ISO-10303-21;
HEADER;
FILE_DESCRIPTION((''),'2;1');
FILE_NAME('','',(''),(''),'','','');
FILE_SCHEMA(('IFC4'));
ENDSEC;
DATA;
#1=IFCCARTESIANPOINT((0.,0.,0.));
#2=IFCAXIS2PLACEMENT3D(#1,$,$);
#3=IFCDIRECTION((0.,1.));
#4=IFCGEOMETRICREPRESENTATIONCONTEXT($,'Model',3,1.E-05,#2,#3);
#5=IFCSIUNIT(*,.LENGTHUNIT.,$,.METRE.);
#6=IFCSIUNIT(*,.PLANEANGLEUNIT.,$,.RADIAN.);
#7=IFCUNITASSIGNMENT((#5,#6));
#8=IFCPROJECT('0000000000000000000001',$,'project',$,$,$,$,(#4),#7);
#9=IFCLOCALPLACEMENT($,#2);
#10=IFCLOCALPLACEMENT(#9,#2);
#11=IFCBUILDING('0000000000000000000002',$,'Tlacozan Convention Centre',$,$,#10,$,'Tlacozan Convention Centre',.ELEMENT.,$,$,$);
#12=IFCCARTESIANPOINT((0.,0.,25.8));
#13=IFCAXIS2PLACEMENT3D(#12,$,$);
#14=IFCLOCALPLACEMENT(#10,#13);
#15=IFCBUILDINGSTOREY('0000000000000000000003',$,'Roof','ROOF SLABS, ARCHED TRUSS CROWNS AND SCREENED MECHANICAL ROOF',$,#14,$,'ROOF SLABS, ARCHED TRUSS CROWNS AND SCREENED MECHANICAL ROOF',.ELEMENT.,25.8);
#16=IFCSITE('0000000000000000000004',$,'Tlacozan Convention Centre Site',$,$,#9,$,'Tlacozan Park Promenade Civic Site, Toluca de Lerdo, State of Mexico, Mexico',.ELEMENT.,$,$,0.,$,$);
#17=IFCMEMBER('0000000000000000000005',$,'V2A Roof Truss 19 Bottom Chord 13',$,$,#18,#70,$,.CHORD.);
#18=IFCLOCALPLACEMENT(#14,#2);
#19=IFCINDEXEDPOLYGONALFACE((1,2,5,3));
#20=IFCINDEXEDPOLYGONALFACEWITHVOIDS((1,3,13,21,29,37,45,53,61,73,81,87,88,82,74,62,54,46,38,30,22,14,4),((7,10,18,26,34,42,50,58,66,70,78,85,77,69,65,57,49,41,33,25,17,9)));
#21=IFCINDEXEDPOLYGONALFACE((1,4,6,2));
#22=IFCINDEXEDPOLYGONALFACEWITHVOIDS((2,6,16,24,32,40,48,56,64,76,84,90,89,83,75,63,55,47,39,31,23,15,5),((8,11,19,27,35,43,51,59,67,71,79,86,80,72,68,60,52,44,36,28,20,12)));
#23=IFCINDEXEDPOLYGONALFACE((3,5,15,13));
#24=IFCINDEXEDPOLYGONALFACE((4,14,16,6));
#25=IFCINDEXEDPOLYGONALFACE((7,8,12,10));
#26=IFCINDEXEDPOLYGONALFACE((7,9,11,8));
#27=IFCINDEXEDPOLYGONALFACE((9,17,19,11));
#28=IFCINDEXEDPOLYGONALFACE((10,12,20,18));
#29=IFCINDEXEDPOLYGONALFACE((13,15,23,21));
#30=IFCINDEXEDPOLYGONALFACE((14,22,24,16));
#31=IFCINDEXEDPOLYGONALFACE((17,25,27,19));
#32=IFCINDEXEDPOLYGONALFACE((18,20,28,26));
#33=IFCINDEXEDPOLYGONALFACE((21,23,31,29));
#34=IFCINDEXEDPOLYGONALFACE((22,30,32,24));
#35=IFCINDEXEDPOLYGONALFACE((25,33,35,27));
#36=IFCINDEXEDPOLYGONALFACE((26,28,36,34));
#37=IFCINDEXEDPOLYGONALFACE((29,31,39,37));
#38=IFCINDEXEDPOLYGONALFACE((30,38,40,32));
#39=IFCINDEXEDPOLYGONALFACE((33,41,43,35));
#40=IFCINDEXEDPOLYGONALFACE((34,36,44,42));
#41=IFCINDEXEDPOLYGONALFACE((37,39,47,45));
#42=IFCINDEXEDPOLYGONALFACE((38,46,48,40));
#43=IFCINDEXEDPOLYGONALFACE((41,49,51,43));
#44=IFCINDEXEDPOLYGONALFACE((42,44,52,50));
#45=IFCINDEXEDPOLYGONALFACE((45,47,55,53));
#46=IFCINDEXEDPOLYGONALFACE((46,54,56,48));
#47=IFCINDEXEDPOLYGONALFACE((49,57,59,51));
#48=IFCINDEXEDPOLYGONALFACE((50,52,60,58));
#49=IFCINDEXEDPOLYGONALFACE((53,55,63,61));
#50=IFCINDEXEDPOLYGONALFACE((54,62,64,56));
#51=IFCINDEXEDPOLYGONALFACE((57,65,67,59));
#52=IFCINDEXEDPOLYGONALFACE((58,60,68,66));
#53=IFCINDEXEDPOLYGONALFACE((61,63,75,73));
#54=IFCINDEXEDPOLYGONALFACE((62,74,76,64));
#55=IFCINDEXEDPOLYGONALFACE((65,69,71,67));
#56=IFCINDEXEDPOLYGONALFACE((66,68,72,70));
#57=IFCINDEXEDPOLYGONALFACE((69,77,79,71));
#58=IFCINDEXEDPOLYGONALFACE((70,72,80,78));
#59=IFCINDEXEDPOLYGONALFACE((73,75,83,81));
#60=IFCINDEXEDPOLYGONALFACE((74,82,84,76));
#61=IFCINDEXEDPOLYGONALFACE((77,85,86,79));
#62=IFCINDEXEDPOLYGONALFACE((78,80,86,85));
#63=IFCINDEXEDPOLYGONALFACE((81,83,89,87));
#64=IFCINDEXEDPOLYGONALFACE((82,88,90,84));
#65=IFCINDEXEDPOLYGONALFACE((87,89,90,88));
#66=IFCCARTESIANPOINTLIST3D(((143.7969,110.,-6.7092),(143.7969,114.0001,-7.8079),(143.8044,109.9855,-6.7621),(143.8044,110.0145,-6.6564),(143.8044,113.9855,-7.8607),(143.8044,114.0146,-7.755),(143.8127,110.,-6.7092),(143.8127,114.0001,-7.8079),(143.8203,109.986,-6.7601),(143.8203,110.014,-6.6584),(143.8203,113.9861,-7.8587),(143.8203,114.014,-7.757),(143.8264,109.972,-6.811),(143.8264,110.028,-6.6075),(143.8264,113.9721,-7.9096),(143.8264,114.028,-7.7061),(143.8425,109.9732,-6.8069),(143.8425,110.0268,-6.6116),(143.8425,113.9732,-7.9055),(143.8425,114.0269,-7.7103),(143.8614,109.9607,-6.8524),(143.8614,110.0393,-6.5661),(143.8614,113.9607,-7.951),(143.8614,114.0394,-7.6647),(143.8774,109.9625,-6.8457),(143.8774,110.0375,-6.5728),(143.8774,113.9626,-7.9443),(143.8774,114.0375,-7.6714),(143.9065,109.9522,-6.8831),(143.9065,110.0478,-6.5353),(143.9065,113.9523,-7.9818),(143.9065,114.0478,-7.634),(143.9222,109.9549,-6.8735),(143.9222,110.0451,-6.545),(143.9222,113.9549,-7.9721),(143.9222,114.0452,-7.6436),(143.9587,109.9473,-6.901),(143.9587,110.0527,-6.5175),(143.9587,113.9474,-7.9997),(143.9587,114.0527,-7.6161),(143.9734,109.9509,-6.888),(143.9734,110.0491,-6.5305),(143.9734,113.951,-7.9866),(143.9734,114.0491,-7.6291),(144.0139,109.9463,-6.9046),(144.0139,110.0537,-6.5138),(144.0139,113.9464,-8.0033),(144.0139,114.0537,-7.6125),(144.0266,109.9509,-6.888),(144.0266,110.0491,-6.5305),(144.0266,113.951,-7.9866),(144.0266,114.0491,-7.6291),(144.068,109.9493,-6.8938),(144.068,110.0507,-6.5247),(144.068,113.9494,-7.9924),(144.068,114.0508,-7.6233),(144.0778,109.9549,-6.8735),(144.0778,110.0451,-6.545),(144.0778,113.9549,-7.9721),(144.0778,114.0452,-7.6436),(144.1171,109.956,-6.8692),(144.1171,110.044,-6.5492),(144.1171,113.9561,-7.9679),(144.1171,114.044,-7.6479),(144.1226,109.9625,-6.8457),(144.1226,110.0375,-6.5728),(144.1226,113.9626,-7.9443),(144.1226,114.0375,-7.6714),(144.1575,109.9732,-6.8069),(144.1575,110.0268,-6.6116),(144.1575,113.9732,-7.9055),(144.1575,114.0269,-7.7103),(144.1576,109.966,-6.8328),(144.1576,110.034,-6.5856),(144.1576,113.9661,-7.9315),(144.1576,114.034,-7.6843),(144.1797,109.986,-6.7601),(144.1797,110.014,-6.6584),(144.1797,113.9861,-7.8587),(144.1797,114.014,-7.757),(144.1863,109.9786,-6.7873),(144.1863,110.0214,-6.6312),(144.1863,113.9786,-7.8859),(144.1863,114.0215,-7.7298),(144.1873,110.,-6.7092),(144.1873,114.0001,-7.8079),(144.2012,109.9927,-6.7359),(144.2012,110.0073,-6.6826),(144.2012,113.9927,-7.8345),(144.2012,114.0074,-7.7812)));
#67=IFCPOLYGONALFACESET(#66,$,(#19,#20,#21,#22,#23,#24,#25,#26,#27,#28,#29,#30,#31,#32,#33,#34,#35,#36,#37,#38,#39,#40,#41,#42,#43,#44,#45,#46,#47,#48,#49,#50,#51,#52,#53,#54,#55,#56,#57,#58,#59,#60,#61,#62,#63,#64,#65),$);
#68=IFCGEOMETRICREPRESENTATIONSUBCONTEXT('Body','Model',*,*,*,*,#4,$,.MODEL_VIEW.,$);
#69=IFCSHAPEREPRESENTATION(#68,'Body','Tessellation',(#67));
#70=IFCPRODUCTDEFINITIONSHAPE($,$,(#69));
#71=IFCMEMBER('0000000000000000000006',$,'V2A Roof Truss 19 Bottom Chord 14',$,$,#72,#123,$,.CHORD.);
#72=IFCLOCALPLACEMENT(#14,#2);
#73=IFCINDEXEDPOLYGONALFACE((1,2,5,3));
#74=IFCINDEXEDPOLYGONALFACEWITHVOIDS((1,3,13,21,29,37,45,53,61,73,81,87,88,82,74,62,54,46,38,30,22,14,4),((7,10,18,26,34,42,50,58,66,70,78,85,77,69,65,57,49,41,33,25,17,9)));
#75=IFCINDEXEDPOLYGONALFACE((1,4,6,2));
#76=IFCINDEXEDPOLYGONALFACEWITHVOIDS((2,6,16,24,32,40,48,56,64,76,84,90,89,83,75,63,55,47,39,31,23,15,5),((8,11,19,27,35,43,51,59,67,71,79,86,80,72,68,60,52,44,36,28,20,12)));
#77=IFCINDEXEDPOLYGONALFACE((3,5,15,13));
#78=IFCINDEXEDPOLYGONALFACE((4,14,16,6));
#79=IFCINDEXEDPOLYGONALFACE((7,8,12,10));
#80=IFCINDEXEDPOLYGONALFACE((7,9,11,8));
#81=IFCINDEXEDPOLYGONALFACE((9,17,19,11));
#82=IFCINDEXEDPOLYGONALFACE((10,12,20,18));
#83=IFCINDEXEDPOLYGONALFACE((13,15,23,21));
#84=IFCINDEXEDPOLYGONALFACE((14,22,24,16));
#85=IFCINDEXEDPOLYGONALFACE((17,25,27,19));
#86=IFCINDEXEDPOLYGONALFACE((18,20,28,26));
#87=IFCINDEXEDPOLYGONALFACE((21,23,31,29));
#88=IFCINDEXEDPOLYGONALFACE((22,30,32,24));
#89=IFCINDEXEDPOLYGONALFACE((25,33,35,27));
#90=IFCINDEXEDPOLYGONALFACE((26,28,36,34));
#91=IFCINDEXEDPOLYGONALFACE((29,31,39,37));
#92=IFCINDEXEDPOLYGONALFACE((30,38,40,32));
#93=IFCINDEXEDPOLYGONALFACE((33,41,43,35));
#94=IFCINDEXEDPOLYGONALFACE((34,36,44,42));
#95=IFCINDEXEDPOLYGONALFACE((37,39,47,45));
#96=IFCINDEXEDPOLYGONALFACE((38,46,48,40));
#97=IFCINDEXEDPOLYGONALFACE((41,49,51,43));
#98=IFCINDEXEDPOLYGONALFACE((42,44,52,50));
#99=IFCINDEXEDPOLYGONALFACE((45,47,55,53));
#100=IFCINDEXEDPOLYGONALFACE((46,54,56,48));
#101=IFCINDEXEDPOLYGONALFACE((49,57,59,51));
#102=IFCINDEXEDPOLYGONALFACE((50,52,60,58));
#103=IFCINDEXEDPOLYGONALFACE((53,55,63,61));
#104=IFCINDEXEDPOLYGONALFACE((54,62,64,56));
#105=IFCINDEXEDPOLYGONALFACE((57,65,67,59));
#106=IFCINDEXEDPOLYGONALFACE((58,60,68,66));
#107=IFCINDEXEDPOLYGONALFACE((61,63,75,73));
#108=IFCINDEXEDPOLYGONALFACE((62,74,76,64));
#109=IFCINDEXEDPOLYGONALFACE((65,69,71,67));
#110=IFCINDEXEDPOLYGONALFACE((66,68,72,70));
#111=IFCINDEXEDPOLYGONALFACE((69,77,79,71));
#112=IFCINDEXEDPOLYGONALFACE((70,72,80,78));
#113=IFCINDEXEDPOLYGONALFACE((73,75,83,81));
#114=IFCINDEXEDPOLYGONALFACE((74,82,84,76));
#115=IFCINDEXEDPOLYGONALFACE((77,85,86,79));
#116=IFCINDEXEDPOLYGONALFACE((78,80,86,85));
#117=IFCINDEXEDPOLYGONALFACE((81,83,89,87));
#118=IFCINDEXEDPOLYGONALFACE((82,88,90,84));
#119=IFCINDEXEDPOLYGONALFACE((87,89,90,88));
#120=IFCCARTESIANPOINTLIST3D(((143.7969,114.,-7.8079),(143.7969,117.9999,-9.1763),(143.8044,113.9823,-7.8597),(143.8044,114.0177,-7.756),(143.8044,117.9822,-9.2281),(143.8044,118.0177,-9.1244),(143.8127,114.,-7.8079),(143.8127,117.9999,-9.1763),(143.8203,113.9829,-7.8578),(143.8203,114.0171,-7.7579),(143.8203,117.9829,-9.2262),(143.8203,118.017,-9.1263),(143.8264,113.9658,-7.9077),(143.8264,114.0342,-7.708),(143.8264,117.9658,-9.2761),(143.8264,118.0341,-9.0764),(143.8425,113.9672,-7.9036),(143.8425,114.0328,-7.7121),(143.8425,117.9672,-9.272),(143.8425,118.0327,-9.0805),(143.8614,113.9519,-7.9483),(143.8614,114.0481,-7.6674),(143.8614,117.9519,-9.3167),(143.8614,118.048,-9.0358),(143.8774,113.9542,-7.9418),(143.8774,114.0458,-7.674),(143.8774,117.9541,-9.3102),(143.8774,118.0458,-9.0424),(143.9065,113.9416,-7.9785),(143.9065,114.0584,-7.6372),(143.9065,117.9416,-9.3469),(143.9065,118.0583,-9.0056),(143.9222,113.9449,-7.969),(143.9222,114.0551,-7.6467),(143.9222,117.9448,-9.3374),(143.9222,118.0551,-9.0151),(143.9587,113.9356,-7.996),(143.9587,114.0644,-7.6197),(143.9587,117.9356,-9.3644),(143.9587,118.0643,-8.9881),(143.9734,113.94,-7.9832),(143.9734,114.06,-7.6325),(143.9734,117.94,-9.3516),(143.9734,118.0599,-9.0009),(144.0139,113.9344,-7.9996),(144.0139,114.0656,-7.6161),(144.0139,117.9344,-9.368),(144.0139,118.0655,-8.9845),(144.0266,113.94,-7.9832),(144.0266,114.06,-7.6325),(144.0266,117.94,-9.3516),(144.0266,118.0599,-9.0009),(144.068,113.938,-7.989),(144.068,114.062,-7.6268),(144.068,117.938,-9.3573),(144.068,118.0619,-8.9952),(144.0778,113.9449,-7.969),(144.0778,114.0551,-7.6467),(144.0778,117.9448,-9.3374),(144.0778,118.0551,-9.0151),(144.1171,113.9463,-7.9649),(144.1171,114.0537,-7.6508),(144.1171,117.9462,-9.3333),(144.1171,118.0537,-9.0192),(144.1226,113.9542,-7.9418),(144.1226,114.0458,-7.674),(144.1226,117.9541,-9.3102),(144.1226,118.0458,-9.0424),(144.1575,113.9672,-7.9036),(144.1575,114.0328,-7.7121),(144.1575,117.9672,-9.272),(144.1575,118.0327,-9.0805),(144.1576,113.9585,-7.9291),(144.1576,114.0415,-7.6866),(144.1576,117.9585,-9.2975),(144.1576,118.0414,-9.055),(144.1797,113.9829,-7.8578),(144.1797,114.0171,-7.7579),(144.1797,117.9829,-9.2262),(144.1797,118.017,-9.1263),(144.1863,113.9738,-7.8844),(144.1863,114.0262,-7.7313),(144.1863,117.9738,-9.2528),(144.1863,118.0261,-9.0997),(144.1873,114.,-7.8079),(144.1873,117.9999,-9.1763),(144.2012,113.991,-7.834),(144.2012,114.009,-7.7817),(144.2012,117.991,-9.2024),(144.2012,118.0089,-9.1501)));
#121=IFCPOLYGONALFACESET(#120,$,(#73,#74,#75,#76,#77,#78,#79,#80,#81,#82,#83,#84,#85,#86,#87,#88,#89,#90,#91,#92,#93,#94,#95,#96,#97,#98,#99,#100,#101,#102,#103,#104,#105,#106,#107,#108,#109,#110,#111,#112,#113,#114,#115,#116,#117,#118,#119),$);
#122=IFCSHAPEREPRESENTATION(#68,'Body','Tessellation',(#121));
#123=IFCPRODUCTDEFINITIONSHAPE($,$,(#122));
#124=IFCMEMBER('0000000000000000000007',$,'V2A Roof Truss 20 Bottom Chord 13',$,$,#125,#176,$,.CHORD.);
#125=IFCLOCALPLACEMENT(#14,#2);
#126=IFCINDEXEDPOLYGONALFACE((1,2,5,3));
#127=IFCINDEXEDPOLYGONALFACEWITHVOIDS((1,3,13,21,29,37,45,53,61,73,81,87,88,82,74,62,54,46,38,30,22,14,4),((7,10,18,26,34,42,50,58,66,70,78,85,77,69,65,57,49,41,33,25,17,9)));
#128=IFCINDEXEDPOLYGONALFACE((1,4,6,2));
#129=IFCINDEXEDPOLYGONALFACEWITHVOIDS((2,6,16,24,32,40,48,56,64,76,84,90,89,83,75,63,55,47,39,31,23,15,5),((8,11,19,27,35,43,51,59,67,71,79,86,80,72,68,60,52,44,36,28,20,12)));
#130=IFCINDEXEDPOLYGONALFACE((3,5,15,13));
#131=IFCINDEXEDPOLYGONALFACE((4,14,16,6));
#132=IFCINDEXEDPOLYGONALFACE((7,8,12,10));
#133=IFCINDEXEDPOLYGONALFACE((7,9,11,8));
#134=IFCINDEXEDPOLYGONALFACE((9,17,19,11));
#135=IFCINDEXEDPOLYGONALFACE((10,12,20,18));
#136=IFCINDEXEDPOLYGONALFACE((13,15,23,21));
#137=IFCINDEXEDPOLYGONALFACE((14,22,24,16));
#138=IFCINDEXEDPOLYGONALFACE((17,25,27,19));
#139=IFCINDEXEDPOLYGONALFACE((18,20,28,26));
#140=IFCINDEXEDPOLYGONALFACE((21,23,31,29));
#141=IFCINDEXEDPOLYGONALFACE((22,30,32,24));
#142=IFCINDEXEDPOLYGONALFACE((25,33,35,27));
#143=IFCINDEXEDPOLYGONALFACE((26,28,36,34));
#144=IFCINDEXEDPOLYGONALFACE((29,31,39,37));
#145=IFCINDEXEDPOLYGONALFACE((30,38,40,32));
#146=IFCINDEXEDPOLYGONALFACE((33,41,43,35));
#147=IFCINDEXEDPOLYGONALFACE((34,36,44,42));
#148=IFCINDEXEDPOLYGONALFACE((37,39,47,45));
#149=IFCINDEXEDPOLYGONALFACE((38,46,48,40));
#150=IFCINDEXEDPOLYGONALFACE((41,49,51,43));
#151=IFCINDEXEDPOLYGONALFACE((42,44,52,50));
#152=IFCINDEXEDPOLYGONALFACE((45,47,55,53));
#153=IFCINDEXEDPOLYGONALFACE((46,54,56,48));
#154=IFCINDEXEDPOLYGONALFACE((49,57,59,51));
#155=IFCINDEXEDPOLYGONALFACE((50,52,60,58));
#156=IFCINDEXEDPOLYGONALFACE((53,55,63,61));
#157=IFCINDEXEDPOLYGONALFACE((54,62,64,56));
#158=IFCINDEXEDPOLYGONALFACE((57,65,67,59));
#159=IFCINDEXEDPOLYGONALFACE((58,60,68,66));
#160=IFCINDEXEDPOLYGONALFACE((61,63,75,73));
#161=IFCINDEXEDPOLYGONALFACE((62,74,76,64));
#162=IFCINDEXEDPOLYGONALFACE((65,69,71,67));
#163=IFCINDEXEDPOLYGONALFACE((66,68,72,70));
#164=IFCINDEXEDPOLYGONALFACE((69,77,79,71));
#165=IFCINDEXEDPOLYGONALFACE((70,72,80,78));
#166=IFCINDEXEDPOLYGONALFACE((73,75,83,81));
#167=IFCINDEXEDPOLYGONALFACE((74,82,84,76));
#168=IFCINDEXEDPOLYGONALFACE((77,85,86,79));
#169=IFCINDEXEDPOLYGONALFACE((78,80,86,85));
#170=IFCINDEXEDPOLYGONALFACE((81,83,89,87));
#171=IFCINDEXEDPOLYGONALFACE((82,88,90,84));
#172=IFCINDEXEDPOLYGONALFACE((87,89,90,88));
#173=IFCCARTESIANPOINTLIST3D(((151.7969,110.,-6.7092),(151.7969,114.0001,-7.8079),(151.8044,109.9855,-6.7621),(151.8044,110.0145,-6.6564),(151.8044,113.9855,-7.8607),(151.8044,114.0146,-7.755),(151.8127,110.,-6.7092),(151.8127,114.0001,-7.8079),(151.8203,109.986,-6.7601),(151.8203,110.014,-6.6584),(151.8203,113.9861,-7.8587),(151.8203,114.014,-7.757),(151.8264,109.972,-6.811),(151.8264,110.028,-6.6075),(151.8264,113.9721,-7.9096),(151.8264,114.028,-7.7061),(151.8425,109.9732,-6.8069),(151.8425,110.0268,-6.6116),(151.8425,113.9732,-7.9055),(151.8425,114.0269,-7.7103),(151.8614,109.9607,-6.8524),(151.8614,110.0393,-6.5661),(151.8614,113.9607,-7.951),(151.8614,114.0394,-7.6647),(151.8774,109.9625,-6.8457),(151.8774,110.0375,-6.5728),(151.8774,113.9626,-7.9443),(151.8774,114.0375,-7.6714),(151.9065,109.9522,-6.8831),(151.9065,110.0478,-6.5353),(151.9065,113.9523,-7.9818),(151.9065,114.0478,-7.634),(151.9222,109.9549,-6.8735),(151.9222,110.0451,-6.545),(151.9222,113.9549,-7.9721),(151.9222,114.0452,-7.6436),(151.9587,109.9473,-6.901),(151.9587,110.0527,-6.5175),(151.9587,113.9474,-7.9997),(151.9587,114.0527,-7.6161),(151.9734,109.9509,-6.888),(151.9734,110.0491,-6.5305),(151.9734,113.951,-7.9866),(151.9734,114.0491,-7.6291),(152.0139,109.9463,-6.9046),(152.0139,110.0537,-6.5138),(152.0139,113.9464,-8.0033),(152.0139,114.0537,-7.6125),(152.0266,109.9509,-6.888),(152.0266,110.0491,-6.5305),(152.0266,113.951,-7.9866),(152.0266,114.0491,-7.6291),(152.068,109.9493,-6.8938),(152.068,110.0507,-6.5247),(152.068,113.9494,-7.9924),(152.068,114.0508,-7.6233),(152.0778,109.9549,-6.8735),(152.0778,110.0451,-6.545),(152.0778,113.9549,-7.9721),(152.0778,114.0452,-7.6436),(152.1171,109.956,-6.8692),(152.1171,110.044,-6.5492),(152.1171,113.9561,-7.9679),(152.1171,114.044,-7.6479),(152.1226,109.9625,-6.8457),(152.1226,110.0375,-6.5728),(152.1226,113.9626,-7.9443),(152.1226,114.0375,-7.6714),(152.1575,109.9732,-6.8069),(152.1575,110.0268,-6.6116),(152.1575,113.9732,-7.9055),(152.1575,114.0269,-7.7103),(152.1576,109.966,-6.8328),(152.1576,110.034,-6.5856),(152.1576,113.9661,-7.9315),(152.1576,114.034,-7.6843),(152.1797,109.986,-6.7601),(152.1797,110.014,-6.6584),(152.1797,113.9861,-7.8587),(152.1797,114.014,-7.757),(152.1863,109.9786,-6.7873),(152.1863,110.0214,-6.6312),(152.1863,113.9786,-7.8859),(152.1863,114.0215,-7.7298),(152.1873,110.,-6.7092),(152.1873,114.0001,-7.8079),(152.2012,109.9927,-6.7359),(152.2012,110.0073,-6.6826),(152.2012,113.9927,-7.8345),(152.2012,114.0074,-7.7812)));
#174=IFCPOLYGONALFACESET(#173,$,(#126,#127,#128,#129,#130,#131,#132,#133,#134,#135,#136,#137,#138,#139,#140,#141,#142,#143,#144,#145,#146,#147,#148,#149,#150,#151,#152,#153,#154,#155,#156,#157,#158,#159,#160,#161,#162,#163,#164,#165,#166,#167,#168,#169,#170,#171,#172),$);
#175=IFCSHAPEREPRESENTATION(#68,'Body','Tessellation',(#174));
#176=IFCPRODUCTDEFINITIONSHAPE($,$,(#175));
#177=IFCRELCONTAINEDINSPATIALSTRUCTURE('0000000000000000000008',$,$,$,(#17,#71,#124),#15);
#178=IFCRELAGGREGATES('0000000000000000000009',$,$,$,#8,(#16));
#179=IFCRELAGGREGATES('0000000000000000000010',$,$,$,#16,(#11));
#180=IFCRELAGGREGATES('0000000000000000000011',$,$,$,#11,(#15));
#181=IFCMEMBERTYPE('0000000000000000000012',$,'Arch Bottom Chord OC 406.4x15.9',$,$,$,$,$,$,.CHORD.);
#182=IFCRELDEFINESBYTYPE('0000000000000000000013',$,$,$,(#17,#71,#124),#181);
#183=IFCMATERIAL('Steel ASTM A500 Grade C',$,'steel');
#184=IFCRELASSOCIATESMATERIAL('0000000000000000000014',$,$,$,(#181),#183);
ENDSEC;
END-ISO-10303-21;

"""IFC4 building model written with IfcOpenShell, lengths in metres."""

from ifc_helpers import new_model, si_unit, direction, frame, origin, origin_2d, place, context, subcontext, project, spatial, hollow_circle, extrude, material, material_profile, profile_set, type_object, element, save


model = new_model("IFC4")

# Units and contexts
model_context = context("Model", 3, precision=1e-05, world=origin(), true_north=direction((0.0, 1.0)))
body_context = subcontext(model_context, "Body", "Model", "MODEL_VIEW")
ifc_project = project(units=[si_unit("LENGTHUNIT", "METRE"), si_unit("PLANEANGLEUNIT", "RADIAN")], contexts=[model_context])

# Site, building, storey
site_placement = place(None, origin())
site = spatial("IfcSite", under=ifc_project, at=site_placement, Name="Tlacozan Convention Centre Site", LongName="Tlacozan Park Promenade Civic Site, Toluca de Lerdo, State of Mexico, Mexico", CompositionType="ELEMENT", RefElevation=0.0)
building_placement = place(site_placement, origin())
building = spatial("IfcBuilding", under=site, at=building_placement, Name="Tlacozan Convention Centre", LongName="Tlacozan Convention Centre", CompositionType="ELEMENT")
storey_placement = place(building_placement, frame((0.0, 0.0, 25.8)))
storey = spatial("IfcBuildingStorey", under=building, at=storey_placement, Name="Roof", Description="ROOF SLABS, ARCHED TRUSS CROWNS AND SCREENED MECHANICAL ROOF", LongName="ROOF SLABS, ARCHED TRUSS CROWNS AND SCREENED MECHANICAL ROOF", CompositionType="ELEMENT", Elevation=25.8)

# Members
ifc_material_1 = material(Name="Steel ASTM A500 Grade C", Category="steel")
ifc_material_profile_1 = material_profile(ifc_material_1, hollow_circle(Radius=0.2031, WallThickness=0.0159, at=origin_2d()), Name="OC 406.4x15.9")
ifc_profile_set_1 = profile_set([ifc_material_profile_1], Name="Steel ASTM A500 Grade C")
member_type_1 = type_object("IfcMemberType", Name="Arch Bottom Chord OC 406.4x15.9", PredefinedType="CHORD", material=ifc_profile_set_1)
member_1_placement = place(storey_placement, frame((144.0, 110.0, -6.7092), z_axis=(0.0, 0.96429, -0.26485), x_axis=(-1.0, 0.0, 0.0)))
element("IfcMember", 1, at=member_1_placement, inside=storey, type_object=member_type_1, Name="V2A Roof Truss 19 Bottom Chord 13", PredefinedType="CHORD", context=body_context, shape_type="SweptSolid", body=[
    extrude(hollow_circle(Radius=0.2031, WallThickness=0.0159, at=origin_2d()), origin(), (0.0, 0.0, 1.0), 4.1482),
])
member_2_placement = place(storey_placement, frame((144.0, 114.0, -7.8079), z_axis=(0.0, 0.946165, -0.323685), x_axis=(-1.0, 0.0, 0.0)))
element("IfcMember", 2, at=member_2_placement, inside=storey, type_object=member_type_1, Name="V2A Roof Truss 19 Bottom Chord 14", PredefinedType="CHORD", context=body_context, shape_type="SweptSolid", body=[
    extrude(hollow_circle(Radius=0.2031, WallThickness=0.0159, at=origin_2d()), origin(), (0.0, 0.0, 1.0), 4.2275),
])
member_3_placement = place(storey_placement, frame((152.0, 110.0, -6.7092), z_axis=(0.0, 0.96429, -0.26485), x_axis=(-1.0, 0.0, 0.0)))
element("IfcMember", 3, at=member_3_placement, inside=storey, type_object=member_type_1, Name="V2A Roof Truss 20 Bottom Chord 13", PredefinedType="CHORD", context=body_context, shape_type="SweptSolid", body=[
    extrude(hollow_circle(Radius=0.2031, WallThickness=0.0159, at=origin_2d()), origin(), (0.0, 0.0, 1.0), 4.1482),
])

save(model, "model.ifc")
